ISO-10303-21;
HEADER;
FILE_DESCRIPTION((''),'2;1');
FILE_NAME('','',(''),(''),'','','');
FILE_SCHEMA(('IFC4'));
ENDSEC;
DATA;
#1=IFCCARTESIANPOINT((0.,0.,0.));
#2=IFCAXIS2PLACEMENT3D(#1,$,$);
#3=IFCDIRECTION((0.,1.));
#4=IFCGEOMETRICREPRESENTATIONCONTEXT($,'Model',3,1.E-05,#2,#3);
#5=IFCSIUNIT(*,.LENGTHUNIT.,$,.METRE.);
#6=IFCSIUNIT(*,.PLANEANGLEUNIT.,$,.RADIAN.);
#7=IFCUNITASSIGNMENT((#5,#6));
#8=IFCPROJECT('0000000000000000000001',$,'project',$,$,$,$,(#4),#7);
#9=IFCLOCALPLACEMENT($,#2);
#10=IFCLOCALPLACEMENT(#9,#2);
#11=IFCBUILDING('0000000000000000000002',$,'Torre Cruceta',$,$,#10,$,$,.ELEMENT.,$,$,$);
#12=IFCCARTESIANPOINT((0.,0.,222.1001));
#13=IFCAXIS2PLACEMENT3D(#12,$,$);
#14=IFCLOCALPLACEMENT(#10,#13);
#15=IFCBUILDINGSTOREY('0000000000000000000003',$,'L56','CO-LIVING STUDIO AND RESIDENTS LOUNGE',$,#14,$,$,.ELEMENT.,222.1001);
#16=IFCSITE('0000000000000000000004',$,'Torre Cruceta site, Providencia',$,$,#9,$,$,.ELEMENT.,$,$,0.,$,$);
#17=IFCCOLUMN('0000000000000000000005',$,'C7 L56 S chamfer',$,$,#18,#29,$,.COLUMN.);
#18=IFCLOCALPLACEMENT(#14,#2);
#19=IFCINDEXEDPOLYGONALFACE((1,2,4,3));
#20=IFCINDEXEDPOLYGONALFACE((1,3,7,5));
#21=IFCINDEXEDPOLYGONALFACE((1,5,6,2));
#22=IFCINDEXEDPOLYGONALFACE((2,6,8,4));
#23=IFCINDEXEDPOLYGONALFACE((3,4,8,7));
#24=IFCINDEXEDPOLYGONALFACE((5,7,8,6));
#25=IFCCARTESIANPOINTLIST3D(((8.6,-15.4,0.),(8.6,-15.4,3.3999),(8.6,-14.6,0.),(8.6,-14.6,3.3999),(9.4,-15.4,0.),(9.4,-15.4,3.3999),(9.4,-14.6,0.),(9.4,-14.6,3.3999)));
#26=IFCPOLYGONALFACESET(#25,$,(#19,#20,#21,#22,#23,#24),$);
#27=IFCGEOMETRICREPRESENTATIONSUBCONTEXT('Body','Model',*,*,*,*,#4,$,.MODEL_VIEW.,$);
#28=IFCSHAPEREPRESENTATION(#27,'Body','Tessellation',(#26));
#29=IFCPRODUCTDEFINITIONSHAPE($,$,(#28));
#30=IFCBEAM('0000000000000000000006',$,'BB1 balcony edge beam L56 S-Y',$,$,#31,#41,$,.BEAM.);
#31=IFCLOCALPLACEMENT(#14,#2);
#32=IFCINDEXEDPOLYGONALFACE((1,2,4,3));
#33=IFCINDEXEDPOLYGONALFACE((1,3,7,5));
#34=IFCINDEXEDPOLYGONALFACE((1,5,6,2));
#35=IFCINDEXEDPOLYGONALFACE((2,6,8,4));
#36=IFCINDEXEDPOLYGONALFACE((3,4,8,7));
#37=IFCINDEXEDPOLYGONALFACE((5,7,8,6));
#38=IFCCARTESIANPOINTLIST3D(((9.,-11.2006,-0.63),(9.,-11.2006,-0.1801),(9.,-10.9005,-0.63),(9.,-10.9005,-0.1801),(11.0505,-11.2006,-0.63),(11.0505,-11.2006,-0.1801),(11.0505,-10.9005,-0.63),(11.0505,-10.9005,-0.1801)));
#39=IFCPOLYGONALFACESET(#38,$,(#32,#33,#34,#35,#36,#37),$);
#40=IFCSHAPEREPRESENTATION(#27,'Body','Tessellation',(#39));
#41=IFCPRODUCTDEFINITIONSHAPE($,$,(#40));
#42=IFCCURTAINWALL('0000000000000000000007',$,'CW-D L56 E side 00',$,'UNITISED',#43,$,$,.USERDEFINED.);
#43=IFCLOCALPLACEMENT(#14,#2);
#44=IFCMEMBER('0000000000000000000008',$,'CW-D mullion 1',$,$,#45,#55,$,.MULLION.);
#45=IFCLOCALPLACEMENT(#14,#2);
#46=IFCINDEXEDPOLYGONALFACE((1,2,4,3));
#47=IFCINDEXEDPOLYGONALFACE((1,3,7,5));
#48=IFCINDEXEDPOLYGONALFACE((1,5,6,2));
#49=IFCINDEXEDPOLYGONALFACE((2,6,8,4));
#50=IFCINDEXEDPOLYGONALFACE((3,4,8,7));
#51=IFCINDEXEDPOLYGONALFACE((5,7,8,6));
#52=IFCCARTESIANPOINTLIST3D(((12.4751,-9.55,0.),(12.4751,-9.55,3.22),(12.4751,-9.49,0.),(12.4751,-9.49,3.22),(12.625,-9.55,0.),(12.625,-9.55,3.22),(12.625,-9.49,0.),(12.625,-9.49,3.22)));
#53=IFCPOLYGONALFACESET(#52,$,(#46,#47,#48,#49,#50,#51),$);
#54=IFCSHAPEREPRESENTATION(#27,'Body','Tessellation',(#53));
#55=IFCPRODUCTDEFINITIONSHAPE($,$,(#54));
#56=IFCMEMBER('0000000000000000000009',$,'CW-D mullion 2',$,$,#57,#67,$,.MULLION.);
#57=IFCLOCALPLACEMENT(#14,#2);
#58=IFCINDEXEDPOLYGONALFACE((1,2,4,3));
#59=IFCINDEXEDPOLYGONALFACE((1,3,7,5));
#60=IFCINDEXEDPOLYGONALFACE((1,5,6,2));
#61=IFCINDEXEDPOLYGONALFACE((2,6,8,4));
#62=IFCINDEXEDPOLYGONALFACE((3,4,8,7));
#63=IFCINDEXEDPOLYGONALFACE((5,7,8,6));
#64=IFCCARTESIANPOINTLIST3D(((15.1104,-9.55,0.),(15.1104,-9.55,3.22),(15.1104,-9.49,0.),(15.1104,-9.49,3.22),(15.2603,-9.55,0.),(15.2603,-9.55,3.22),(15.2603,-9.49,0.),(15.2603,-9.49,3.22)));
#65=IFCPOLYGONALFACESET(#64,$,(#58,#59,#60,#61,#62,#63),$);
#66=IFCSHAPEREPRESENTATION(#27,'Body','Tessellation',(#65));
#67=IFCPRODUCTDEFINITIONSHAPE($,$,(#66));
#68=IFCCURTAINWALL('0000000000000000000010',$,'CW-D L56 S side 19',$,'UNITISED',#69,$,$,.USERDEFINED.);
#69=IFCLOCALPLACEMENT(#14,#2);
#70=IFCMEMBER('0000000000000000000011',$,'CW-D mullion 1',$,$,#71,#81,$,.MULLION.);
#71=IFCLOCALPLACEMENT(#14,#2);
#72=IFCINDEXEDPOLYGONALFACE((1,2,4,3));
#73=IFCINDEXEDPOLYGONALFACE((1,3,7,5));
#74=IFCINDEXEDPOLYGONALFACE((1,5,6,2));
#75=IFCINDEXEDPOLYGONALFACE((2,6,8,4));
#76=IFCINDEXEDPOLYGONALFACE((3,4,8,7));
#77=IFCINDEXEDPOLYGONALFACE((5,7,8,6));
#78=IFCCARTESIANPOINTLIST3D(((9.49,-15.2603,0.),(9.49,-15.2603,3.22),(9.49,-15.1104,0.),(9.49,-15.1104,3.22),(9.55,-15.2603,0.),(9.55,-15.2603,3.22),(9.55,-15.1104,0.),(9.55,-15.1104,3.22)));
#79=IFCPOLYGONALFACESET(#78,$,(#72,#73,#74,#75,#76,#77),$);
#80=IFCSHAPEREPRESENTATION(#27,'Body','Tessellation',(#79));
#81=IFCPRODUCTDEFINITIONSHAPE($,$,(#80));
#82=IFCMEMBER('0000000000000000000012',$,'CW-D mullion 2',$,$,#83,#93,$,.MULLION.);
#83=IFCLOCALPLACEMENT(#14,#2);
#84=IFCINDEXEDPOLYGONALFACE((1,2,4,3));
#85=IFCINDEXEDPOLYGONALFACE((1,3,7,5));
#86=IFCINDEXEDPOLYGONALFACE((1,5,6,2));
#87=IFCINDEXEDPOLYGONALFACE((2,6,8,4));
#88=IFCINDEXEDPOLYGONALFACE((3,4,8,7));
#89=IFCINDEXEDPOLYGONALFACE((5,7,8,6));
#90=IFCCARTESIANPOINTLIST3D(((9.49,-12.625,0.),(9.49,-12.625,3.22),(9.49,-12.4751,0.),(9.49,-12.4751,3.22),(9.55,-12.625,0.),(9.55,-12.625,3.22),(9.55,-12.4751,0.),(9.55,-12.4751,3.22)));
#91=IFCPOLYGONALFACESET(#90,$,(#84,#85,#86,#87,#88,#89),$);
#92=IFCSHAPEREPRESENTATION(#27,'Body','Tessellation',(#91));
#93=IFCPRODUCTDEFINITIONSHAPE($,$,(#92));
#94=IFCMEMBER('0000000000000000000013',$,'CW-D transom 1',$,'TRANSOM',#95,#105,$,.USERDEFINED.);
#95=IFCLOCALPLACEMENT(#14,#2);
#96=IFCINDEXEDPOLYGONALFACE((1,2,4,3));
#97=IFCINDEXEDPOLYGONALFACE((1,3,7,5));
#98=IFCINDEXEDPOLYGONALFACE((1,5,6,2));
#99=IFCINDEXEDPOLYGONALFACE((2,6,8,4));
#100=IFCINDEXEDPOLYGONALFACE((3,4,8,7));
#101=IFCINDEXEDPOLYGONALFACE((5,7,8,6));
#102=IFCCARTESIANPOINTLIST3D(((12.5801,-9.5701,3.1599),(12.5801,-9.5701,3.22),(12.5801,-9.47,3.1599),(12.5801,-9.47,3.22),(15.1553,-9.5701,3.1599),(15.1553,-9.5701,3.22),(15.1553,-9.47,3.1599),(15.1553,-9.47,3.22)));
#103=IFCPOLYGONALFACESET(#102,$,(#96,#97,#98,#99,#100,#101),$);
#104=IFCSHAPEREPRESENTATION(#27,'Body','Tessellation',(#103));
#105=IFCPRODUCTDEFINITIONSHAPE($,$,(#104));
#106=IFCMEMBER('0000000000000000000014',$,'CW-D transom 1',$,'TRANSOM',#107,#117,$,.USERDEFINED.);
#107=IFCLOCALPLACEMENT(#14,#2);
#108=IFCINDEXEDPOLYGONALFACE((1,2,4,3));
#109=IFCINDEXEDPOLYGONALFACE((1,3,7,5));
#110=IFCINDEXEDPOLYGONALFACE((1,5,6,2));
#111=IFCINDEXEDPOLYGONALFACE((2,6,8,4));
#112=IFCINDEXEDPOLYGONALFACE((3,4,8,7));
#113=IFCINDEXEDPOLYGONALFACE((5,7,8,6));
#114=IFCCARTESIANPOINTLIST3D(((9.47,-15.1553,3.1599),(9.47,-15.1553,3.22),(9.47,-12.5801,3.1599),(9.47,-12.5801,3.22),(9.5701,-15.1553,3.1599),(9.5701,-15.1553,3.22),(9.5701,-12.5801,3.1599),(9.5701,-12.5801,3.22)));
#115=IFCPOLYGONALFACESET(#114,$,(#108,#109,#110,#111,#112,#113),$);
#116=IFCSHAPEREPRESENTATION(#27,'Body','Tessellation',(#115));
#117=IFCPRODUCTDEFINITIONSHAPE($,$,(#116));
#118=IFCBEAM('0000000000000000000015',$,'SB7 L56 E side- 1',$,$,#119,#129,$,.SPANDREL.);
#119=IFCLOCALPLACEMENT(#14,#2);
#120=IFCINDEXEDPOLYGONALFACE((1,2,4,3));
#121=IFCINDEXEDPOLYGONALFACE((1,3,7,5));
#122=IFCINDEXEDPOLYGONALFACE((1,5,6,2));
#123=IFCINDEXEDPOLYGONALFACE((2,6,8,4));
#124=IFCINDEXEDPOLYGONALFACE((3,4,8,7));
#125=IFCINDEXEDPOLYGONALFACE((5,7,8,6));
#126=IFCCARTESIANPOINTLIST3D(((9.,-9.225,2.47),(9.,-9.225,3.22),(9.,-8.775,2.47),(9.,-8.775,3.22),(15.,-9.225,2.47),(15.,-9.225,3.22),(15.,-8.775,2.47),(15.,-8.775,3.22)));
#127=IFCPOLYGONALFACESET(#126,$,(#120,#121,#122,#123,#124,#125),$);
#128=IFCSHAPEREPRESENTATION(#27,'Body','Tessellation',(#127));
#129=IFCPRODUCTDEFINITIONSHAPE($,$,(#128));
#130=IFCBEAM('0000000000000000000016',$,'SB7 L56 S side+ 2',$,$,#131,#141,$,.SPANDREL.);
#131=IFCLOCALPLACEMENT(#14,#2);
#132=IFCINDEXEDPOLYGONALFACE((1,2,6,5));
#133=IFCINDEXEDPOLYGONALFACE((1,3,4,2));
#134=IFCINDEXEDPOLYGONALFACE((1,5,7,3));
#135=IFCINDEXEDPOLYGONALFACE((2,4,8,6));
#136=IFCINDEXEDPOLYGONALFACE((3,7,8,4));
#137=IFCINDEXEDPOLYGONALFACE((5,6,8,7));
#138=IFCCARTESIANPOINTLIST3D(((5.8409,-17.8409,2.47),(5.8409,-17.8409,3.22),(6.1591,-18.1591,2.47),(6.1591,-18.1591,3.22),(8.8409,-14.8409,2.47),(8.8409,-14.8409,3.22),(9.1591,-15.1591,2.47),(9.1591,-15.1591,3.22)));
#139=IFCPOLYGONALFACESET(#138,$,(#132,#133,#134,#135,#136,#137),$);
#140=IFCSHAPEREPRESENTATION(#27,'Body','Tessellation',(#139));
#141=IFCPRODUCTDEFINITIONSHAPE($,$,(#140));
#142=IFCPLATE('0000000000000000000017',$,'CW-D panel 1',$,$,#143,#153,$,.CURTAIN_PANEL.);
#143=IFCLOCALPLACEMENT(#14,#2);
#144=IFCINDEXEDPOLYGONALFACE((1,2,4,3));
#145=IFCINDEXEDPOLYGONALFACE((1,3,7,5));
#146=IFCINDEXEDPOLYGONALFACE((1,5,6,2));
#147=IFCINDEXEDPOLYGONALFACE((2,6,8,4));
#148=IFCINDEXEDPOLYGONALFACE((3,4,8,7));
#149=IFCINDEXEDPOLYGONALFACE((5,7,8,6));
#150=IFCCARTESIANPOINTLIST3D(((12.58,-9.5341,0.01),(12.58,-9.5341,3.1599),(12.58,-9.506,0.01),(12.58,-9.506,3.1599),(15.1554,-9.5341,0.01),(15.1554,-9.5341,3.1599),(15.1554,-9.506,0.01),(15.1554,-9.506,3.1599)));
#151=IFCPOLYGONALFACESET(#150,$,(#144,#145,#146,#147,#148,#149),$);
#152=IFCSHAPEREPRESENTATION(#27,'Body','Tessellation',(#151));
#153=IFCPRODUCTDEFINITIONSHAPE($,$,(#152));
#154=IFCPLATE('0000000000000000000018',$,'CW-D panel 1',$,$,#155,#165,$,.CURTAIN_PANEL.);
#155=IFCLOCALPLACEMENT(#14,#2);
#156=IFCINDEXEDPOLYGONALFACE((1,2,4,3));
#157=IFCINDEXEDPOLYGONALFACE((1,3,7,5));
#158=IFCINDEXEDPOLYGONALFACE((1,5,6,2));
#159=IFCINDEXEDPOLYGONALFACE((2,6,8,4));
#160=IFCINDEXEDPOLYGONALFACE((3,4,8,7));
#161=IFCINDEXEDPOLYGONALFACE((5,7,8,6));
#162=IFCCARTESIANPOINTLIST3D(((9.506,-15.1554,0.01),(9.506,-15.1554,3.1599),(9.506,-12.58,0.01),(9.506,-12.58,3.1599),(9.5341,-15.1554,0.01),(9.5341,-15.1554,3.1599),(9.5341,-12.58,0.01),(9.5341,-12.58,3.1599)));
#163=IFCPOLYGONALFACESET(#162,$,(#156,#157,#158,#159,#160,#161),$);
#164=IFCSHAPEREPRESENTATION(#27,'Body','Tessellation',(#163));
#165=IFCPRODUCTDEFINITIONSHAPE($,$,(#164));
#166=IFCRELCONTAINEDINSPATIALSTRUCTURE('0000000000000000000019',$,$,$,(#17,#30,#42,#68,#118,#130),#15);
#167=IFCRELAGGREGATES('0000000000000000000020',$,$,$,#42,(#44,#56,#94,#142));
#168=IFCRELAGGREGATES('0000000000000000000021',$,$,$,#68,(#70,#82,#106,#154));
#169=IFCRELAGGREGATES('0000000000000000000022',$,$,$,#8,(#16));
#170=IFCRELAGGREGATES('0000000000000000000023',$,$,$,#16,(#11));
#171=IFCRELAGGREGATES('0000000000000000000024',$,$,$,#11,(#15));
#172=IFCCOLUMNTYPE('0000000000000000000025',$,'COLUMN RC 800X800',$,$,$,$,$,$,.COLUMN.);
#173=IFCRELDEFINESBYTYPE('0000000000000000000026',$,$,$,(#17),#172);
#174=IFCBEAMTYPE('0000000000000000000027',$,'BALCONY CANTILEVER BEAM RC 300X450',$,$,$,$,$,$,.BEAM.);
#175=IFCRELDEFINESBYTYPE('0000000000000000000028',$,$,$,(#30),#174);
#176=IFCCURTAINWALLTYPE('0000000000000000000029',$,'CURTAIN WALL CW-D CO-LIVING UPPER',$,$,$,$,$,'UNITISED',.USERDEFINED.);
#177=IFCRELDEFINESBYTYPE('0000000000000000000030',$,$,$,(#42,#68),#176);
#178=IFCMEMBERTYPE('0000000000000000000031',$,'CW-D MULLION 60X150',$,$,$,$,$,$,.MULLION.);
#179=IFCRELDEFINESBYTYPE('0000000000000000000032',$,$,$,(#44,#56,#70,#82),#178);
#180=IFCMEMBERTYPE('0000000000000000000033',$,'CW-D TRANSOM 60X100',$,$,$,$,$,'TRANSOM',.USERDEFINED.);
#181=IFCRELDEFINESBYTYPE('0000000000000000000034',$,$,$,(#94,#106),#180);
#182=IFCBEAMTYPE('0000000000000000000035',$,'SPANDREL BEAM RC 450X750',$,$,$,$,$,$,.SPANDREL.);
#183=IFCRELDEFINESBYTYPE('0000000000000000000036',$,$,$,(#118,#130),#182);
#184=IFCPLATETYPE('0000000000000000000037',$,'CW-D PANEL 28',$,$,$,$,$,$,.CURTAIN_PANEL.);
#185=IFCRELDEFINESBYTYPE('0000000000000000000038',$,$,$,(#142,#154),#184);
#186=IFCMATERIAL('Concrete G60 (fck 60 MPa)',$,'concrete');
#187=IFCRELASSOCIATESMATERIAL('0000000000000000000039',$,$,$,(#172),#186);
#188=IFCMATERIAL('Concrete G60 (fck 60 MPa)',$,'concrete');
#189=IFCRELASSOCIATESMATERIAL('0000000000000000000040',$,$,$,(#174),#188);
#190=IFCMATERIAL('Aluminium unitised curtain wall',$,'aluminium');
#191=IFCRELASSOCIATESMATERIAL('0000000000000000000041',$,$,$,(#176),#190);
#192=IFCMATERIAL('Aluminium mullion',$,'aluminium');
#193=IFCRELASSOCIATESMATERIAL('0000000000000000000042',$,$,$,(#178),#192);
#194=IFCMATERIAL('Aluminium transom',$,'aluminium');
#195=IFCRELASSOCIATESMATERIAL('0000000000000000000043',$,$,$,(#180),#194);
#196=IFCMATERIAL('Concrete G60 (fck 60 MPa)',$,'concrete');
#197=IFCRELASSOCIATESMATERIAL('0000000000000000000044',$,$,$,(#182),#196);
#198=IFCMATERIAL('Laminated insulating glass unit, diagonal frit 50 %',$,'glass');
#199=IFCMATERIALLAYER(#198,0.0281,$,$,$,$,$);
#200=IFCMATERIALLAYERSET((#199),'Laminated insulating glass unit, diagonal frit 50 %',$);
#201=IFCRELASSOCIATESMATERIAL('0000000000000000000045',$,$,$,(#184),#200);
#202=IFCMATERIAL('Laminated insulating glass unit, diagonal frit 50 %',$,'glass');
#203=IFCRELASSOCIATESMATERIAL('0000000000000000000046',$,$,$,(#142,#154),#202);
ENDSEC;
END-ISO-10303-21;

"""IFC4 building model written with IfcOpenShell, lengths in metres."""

from ifc_helpers import new_model, si_unit, direction, frame, origin, origin_2d, place, context, subcontext, project, spatial, rectangle, extrude, material, layer, layer_set, material_profile, profile_set, type_object, element, aggregate, save


model = new_model("IFC4")

# Units and contexts
model_context = context("Model", 3, precision=1e-05, world=origin(), true_north=direction((0.0, 1.0)))
body_context = subcontext(model_context, "Body", "Model", "MODEL_VIEW")
ifc_project = project(units=[si_unit("LENGTHUNIT", "METRE"), si_unit("PLANEANGLEUNIT", "RADIAN")], contexts=[model_context])

# Site, building, storey
site_placement = place(None, origin())
site = spatial("IfcSite", under=ifc_project, at=site_placement, Name="Torre Cruceta site, Providencia", CompositionType="ELEMENT", RefElevation=0.0)
building_placement = place(site_placement, origin())
building = spatial("IfcBuilding", under=site, at=building_placement, Name="Torre Cruceta", CompositionType="ELEMENT")
storey_placement = place(building_placement, frame((0.0, 0.0, 222.1001)))
storey = spatial("IfcBuildingStorey", under=building, at=storey_placement, Name="L56", Description="CO-LIVING STUDIO AND RESIDENTS LOUNGE", CompositionType="ELEMENT", Elevation=222.1001)

# Column
ifc_material_1 = material(Name="Concrete G60 (fck 60 MPa)", Category="concrete")
ifc_material_profile_1 = material_profile(ifc_material_1, rectangle(XDim=0.8, YDim=0.8, at=origin_2d()), Name="RC 800X800")
ifc_profile_set_1 = profile_set([ifc_material_profile_1], Name="Concrete G60 (fck 60 MPa)")
column_type = type_object("IfcColumnType", Name="COLUMN RC 800X800", PredefinedType="COLUMN", material=ifc_profile_set_1)
column_placement = place(storey_placement, frame((9.0, -15.0, 0.0), z_axis=(0.0, 0.0, 1.0), x_axis=(1.0, 0.0, 0.0)))
element("IfcColumn", 1, at=column_placement, inside=storey, type_object=column_type, Name="C7 L56 S chamfer", PredefinedType="COLUMN", context=body_context, shape_type="SweptSolid", body=[
    extrude(rectangle(XDim=0.8, YDim=0.8, at=origin_2d()), origin(), (0.0, 0.0, 1.0), 3.3999),
])

# Beam
ifc_material_2 = material(Name="Concrete G60 (fck 60 MPa)", Category="concrete")
ifc_material_profile_2 = material_profile(ifc_material_2, rectangle(XDim=0.3, YDim=0.45, at=origin_2d()), Name="RC 300X450")
ifc_profile_set_2 = profile_set([ifc_material_profile_2], Name="Concrete G60 (fck 60 MPa)")
beam_type_1 = type_object("IfcBeamType", Name="BALCONY CANTILEVER BEAM RC 300X450", PredefinedType="BEAM", material=ifc_profile_set_2)
beam_1_placement = place(storey_placement, frame((9.0, -11.0505, -0.405), z_axis=(1.0, 0.0, 0.0), x_axis=(0.0, 1.0, 0.0)))
element("IfcBeam", 2, at=beam_1_placement, inside=storey, type_object=beam_type_1, Name="BB1 balcony edge beam L56 S-Y", PredefinedType="BEAM", context=body_context, shape_type="SweptSolid", body=[
    extrude(rectangle(XDim=0.3, YDim=0.45, at=origin_2d()), origin(), (0.0, 0.0, 1.0), 2.0505),
])

# Curtain walls, members
ifc_material_3 = material(Name="Aluminium unitised curtain wall", Category="aluminium")
curtain_wall_type = type_object("IfcCurtainWallType", Name="CURTAIN WALL CW-D CO-LIVING UPPER", ElementType="UNITISED", PredefinedType="USERDEFINED", material=ifc_material_3)
curtain_wall_1_placement = place(storey_placement, origin())
curtain_wall_1 = element("IfcCurtainWall", 3, at=curtain_wall_1_placement, inside=storey, type_object=curtain_wall_type, Name="CW-D L56 E side 00", ObjectType="UNITISED", PredefinedType="USERDEFINED")
ifc_material_4 = material(Name="Aluminium mullion", Category="aluminium")
ifc_material_profile_3 = material_profile(ifc_material_4, rectangle(XDim=0.0601, YDim=0.1499, at=origin_2d()), Name="AL 60X150")
ifc_profile_set_3 = profile_set([ifc_material_profile_3], Name="Aluminium mullion")
member_type_1 = type_object("IfcMemberType", Name="CW-D MULLION 60X150", PredefinedType="MULLION", material=ifc_profile_set_3)
member_1_placement = place(storey_placement, frame((12.55, -9.52, 0.0), z_axis=(0.0, 0.0, 1.0), x_axis=(0.0, 1.0, 0.0)))
member_1 = element("IfcMember", 4, at=member_1_placement, type_object=member_type_1, Name="CW-D mullion 1", PredefinedType="MULLION", context=body_context, shape_type="SweptSolid", body=[
    extrude(rectangle(XDim=0.0601, YDim=0.1499, at=origin_2d()), origin(), (0.0, 0.0, 1.0), 3.22),
])
member_2_placement = place(storey_placement, frame((15.1853, -9.52, 0.0), z_axis=(0.0, 0.0, 1.0), x_axis=(0.0, 1.0, 0.0)))
member_2 = element("IfcMember", 5, at=member_2_placement, type_object=member_type_1, Name="CW-D mullion 2", PredefinedType="MULLION", context=body_context, shape_type="SweptSolid", body=[
    extrude(rectangle(XDim=0.0601, YDim=0.1499, at=origin_2d()), origin(), (0.0, 0.0, 1.0), 3.22),
])
curtain_wall_2_placement = place(storey_placement, origin())
curtain_wall_2 = element("IfcCurtainWall", 6, at=curtain_wall_2_placement, inside=storey, type_object=curtain_wall_type, Name="CW-D L56 S side 19", ObjectType="UNITISED", PredefinedType="USERDEFINED")
member_3_placement = place(storey_placement, frame((9.52, -15.1853, 0.0), z_axis=(0.0, 0.0, 1.0), x_axis=(-1.0, 0.0, 0.0)))
member_3 = element("IfcMember", 7, at=member_3_placement, type_object=member_type_1, Name="CW-D mullion 1", PredefinedType="MULLION", context=body_context, shape_type="SweptSolid", body=[
    extrude(rectangle(XDim=0.0601, YDim=0.1499, at=origin_2d()), origin(), (0.0, 0.0, 1.0), 3.22),
])
member_4_placement = place(storey_placement, frame((9.52, -12.55, 0.0), z_axis=(0.0, 0.0, 1.0), x_axis=(-1.0, 0.0, 0.0)))
member_4 = element("IfcMember", 8, at=member_4_placement, type_object=member_type_1, Name="CW-D mullion 2", PredefinedType="MULLION", context=body_context, shape_type="SweptSolid", body=[
    extrude(rectangle(XDim=0.0601, YDim=0.1499, at=origin_2d()), origin(), (0.0, 0.0, 1.0), 3.22),
])

# Members
ifc_material_5 = material(Name="Aluminium transom", Category="aluminium")
ifc_material_profile_4 = material_profile(ifc_material_5, rectangle(XDim=0.1001, YDim=0.0601, at=origin_2d()), Name="AL 100X60")
ifc_profile_set_4 = profile_set([ifc_material_profile_4], Name="Aluminium transom")
member_type_2 = type_object("IfcMemberType", Name="CW-D TRANSOM 60X100", ElementType="TRANSOM", PredefinedType="USERDEFINED", material=ifc_profile_set_4)
member_5_placement = place(storey_placement, frame((12.5801, -9.52, 3.1899), z_axis=(1.0, 0.0, 0.0), x_axis=(0.0, 1.0, 0.0)))
member_5 = element("IfcMember", 9, at=member_5_placement, type_object=member_type_2, Name="CW-D transom 1", ObjectType="TRANSOM", PredefinedType="USERDEFINED", context=body_context, shape_type="SweptSolid", body=[
    extrude(rectangle(XDim=0.1001, YDim=0.0601, at=origin_2d()), origin(), (0.0, 0.0, 1.0), 2.5752),
])
member_6_placement = place(storey_placement, frame((9.52, -15.1553, 3.1899), z_axis=(0.0, 1.0, 0.0), x_axis=(-1.0, 0.0, 0.0)))
member_6 = element("IfcMember", 10, at=member_6_placement, type_object=member_type_2, Name="CW-D transom 1", ObjectType="TRANSOM", PredefinedType="USERDEFINED", context=body_context, shape_type="SweptSolid", body=[
    extrude(rectangle(XDim=0.1001, YDim=0.0601, at=origin_2d()), origin(), (0.0, 0.0, 1.0), 2.5752),
])

# Beams
ifc_material_6 = material(Name="Concrete G60 (fck 60 MPa)", Category="concrete")
ifc_material_profile_5 = material_profile(ifc_material_6, rectangle(XDim=0.45, YDim=0.75, at=origin_2d()), Name="RC 450X750")
ifc_profile_set_5 = profile_set([ifc_material_profile_5], Name="Concrete G60 (fck 60 MPa)")
beam_type_2 = type_object("IfcBeamType", Name="SPANDREL BEAM RC 450X750", PredefinedType="SPANDREL", material=ifc_profile_set_5)
beam_2_placement = place(storey_placement, frame((9.0, -9.0, 2.845), z_axis=(1.0, 0.0, 0.0), x_axis=(0.0, 1.0, 0.0)))
element("IfcBeam", 11, at=beam_2_placement, inside=storey, type_object=beam_type_2, Name="SB7 L56 E side- 1", PredefinedType="SPANDREL", context=body_context, shape_type="SweptSolid", body=[
    extrude(rectangle(XDim=0.45, YDim=0.75, at=origin_2d()), origin(), (0.0, 0.0, 1.0), 6.0),
])
beam_3_placement = place(storey_placement, frame((9.0, -15.0, 2.845), z_axis=(-0.707107, -0.707107, 0.0), x_axis=(0.707107, -0.707107, 0.0)))
element("IfcBeam", 12, at=beam_3_placement, inside=storey, type_object=beam_type_2, Name="SB7 L56 S side+ 2", PredefinedType="SPANDREL", context=body_context, shape_type="SweptSolid", body=[
    extrude(rectangle(XDim=0.45, YDim=0.75, at=origin_2d()), origin(), (0.0, 0.0, 1.0), 4.2427),
])

# Plates
ifc_material_7 = material(Name="Laminated insulating glass unit, diagonal frit 50 %", Category="glass")
ifc_material_8 = material(Name="Laminated insulating glass unit, diagonal frit 50 %", Category="glass")
ifc_layer_1 = layer(ifc_material_8, 0.0281)
ifc_layer_set_1 = layer_set([ifc_layer_1], Name="Laminated insulating glass unit, diagonal frit 50 %")
plate_type = type_object("IfcPlateType", Name="CW-D PANEL 28", PredefinedType="CURTAIN_PANEL", material=ifc_layer_set_1)
plate_1_placement = place(storey_placement, frame((13.8677, -9.52, 0.01), z_axis=(0.0, 0.0, 1.0), x_axis=(1.0, 0.0, 0.0)))
plate_1 = element("IfcPlate", 13, at=plate_1_placement, type_object=plate_type, material=ifc_material_7, Name="CW-D panel 1", PredefinedType="CURTAIN_PANEL", context=body_context, shape_type="SweptSolid", body=[
    extrude(rectangle(XDim=2.5754, YDim=0.0281, at=origin_2d()), origin(), (0.0, 0.0, 1.0), 3.1499),
])
aggregate(curtain_wall_1, [member_1, member_2, member_5, plate_1])
plate_2_placement = place(storey_placement, frame((9.52, -13.8677, 0.01), z_axis=(0.0, 0.0, 1.0), x_axis=(0.0, 1.0, 0.0)))
plate_2 = element("IfcPlate", 14, at=plate_2_placement, type_object=plate_type, material=ifc_material_7, Name="CW-D panel 1", PredefinedType="CURTAIN_PANEL", context=body_context, shape_type="SweptSolid", body=[
    extrude(rectangle(XDim=2.5754, YDim=0.0281, at=origin_2d()), origin(), (0.0, 0.0, 1.0), 3.1499),
])
aggregate(curtain_wall_2, [member_3, member_4, member_6, plate_2])

save(model, "model.ifc")
